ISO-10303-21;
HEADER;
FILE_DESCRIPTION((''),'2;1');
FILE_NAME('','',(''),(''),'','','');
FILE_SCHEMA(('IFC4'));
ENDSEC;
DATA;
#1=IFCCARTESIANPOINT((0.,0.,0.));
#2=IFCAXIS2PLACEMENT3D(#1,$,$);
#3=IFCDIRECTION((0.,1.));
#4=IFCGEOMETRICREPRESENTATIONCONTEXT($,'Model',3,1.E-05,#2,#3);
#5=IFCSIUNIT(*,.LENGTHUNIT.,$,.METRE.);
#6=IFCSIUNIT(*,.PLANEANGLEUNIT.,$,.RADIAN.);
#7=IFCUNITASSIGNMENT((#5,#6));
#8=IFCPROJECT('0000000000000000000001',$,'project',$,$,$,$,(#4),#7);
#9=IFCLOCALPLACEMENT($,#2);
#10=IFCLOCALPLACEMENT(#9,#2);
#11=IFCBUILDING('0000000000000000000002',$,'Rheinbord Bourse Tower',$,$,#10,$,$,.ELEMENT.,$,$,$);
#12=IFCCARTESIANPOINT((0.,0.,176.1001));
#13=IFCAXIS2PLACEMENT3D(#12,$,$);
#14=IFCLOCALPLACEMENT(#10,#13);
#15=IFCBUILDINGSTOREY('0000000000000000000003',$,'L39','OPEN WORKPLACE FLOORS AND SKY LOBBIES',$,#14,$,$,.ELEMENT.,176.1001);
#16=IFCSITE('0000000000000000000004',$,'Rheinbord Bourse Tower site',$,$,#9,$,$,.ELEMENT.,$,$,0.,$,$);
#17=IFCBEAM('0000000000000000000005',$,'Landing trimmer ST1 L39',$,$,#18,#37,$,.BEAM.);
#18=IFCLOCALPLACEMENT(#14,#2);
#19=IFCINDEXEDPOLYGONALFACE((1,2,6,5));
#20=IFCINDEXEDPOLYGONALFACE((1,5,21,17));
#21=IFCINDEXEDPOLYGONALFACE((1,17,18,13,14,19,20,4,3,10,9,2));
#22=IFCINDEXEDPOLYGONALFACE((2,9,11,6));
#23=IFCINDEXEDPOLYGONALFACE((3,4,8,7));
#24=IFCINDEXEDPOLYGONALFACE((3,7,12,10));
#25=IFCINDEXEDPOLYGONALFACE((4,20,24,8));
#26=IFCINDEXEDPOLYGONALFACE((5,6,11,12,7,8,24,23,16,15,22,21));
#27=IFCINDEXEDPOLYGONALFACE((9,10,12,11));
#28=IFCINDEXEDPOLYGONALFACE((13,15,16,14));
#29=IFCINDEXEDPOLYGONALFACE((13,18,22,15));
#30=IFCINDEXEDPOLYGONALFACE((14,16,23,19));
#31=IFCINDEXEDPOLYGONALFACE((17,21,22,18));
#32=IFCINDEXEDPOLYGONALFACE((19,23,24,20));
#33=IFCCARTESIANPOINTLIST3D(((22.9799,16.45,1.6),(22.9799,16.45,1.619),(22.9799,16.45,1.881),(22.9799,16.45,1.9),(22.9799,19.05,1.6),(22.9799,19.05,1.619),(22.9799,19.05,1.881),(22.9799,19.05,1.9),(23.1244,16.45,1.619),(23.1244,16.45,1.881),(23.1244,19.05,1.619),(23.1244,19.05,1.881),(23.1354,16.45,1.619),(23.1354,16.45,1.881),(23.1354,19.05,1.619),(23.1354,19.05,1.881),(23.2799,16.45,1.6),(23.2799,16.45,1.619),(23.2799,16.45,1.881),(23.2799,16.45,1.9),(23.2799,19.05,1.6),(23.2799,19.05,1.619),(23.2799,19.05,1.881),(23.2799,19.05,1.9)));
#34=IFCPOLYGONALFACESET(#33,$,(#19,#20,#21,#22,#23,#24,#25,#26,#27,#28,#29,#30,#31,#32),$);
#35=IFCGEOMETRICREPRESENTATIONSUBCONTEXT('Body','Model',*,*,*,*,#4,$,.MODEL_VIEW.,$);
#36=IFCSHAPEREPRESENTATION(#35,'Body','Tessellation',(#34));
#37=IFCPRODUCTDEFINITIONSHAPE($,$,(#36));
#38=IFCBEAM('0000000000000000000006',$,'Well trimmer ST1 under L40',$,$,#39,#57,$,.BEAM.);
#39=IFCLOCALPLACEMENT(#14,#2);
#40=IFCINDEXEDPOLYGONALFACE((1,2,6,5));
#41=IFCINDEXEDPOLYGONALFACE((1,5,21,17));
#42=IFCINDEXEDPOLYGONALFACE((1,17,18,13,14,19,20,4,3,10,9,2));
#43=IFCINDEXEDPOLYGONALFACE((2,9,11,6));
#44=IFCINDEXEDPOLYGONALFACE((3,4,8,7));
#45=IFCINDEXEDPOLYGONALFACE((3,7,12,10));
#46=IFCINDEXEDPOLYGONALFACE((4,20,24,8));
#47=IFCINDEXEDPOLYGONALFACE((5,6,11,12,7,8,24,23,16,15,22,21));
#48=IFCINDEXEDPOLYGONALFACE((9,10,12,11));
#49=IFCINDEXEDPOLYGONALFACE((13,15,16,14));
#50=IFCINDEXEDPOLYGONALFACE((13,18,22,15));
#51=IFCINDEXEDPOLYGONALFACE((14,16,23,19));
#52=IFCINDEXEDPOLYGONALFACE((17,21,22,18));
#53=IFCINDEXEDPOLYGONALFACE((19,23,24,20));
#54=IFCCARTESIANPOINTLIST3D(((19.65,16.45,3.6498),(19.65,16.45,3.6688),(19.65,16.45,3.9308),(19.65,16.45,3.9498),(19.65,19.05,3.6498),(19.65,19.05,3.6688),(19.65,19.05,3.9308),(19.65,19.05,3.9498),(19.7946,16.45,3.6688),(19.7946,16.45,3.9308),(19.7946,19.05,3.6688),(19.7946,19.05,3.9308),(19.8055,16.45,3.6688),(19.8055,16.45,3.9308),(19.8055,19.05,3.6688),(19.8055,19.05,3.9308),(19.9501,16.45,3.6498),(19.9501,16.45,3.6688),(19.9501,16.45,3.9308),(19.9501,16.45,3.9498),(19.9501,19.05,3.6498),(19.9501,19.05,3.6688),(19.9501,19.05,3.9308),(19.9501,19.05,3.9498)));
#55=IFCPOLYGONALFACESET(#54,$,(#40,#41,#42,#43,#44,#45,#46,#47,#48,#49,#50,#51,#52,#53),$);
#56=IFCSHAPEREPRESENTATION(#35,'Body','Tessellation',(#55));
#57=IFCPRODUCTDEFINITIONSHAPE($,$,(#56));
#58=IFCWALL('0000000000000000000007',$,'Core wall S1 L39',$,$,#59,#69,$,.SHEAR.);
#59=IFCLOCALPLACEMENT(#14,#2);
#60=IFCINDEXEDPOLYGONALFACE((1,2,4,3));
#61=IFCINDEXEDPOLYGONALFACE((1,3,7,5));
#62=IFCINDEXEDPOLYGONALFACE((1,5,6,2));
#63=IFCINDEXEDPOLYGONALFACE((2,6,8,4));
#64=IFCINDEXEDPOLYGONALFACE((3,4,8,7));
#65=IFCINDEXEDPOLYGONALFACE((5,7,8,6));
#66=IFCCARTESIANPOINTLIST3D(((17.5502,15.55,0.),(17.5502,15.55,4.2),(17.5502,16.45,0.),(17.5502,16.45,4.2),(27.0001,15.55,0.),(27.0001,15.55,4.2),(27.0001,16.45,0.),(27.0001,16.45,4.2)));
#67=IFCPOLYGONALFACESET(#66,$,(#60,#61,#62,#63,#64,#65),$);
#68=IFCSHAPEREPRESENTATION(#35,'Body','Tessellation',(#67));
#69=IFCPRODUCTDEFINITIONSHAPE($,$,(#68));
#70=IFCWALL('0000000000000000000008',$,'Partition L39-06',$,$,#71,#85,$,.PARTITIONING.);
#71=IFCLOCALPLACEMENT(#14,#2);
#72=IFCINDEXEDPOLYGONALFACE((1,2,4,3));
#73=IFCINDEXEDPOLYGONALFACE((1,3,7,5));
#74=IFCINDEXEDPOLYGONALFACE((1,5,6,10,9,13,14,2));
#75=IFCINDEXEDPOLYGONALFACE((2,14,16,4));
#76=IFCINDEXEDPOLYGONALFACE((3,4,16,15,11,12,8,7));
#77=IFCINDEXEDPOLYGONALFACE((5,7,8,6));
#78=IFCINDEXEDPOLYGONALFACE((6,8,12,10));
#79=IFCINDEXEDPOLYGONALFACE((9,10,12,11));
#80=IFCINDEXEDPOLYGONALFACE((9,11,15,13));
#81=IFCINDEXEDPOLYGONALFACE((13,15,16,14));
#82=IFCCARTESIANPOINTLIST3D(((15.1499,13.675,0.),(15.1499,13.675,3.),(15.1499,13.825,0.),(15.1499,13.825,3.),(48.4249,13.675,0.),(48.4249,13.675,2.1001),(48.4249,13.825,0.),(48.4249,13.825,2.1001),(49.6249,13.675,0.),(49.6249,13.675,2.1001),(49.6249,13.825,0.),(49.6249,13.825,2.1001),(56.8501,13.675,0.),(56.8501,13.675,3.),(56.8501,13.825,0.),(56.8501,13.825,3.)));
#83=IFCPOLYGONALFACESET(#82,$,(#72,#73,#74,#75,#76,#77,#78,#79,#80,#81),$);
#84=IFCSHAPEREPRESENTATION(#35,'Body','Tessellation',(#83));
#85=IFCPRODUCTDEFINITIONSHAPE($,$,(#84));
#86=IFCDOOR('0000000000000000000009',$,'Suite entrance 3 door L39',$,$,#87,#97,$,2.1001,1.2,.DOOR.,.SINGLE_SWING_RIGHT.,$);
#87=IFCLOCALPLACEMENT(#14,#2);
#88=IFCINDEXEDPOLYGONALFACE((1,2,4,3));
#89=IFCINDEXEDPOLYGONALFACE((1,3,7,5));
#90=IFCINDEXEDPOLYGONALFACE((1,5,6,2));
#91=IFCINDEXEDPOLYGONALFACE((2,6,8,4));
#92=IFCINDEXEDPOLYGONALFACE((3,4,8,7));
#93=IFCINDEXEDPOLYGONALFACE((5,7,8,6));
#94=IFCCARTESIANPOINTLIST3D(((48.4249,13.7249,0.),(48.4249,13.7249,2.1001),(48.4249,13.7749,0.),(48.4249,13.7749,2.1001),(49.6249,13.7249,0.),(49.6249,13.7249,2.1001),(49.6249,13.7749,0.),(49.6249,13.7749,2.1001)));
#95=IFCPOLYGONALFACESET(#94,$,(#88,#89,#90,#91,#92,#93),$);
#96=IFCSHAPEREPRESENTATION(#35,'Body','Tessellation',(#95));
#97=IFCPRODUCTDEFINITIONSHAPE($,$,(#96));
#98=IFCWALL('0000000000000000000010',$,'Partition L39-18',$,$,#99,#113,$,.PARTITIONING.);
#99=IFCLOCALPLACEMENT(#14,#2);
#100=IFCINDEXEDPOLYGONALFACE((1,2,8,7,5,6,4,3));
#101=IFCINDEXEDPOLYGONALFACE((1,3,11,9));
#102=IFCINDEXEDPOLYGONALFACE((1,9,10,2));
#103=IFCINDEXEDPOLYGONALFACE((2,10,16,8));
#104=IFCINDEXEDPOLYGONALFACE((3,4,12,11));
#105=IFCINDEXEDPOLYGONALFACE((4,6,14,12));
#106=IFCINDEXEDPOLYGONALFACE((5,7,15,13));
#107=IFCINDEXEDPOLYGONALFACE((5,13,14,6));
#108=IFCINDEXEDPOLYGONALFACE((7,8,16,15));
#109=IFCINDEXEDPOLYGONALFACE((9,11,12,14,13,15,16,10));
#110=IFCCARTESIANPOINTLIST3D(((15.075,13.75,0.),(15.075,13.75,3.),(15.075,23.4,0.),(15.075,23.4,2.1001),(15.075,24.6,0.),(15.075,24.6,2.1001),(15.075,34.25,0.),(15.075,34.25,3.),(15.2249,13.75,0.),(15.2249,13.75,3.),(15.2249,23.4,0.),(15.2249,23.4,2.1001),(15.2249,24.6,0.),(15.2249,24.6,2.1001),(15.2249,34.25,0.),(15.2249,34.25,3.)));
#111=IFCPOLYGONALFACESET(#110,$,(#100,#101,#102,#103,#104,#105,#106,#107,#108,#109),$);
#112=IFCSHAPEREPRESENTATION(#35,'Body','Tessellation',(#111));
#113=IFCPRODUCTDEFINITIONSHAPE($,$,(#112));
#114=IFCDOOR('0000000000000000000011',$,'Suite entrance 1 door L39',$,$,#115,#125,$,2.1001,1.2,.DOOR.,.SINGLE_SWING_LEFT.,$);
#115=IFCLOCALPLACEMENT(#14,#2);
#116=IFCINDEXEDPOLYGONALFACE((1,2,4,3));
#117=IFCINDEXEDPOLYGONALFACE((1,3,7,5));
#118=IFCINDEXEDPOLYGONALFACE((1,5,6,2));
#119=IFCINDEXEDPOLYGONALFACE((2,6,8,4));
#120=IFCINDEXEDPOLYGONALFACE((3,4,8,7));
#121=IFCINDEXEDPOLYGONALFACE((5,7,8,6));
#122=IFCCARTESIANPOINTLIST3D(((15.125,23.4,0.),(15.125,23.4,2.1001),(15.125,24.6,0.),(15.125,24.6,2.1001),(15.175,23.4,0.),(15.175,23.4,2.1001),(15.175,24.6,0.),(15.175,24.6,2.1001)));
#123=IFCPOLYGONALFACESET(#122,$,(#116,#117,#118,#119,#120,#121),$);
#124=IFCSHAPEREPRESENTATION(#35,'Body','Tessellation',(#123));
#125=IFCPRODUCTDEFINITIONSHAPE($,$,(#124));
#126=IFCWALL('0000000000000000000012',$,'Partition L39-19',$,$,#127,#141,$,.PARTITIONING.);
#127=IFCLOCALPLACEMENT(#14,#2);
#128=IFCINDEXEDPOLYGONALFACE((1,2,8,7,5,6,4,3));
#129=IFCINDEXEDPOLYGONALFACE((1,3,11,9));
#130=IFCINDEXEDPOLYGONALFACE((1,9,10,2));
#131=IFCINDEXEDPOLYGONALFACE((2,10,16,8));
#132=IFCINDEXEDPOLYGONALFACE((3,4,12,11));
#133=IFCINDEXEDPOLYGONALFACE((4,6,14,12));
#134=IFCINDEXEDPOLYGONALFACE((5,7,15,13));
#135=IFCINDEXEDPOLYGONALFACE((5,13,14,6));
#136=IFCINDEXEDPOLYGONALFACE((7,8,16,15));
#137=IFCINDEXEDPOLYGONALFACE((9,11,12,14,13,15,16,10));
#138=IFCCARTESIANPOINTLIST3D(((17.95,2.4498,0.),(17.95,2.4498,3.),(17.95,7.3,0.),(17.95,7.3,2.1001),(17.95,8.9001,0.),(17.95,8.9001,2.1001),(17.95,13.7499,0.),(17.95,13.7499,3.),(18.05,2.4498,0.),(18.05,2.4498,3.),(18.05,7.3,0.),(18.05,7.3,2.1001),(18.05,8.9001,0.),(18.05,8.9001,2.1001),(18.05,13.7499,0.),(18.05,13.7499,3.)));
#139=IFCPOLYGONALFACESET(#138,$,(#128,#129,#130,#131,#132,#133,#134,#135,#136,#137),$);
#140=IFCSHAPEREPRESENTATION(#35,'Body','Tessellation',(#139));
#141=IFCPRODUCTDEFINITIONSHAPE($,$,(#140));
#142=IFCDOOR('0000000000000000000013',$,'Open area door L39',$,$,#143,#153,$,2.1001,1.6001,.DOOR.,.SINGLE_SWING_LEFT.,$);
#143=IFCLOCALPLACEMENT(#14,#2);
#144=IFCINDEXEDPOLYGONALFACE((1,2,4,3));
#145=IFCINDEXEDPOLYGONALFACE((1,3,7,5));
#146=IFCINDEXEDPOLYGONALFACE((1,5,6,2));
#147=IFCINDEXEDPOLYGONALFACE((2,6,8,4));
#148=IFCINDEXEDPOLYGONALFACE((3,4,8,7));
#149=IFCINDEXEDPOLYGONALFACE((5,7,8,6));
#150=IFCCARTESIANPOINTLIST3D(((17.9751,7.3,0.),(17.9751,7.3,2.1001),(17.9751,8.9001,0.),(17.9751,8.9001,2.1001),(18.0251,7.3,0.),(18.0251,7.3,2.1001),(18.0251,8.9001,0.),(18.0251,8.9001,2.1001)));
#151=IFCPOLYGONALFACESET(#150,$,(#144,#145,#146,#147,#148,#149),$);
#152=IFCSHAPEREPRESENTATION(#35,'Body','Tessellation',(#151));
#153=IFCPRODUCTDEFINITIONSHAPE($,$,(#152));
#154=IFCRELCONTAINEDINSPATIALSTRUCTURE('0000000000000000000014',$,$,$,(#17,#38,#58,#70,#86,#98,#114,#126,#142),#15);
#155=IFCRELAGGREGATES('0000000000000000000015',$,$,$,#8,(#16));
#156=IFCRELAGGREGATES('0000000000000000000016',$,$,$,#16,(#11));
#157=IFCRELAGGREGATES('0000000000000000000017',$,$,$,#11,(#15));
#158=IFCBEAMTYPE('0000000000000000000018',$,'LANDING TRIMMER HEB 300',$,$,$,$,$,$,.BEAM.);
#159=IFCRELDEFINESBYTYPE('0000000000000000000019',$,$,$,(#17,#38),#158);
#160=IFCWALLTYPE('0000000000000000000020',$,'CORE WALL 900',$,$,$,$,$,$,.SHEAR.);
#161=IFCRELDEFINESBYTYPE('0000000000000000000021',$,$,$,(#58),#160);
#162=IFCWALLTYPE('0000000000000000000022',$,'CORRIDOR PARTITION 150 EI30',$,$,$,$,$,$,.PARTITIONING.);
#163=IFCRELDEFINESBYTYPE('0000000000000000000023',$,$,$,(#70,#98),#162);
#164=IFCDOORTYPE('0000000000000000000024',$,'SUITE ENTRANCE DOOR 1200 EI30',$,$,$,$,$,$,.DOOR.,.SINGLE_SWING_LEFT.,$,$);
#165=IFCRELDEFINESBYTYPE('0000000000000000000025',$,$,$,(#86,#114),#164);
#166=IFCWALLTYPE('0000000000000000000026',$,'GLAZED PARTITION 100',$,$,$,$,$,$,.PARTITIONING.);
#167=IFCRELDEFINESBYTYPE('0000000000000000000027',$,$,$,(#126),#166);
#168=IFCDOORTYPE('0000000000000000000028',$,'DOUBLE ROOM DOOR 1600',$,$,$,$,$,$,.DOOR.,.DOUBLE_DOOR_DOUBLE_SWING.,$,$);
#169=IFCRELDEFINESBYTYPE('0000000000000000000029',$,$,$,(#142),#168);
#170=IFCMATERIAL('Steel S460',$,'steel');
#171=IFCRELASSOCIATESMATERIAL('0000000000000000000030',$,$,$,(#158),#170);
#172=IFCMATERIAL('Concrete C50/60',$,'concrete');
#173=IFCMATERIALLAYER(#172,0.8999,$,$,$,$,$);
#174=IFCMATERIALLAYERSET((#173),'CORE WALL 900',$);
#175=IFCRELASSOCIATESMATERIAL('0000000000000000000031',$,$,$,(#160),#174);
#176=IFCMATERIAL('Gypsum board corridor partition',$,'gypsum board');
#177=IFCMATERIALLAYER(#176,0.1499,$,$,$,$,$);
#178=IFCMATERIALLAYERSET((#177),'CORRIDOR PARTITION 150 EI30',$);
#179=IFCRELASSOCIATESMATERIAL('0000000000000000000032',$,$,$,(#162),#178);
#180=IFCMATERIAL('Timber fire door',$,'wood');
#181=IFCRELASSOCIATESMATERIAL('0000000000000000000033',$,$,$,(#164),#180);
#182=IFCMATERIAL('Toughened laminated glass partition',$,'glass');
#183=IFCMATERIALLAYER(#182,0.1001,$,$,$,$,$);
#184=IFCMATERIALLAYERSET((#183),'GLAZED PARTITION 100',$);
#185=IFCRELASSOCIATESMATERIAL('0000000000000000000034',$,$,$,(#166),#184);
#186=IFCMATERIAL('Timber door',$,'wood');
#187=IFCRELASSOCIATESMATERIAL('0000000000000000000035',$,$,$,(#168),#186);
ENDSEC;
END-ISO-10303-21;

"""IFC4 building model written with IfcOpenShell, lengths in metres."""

from ifc_helpers import new_model, si_unit, direction, frame, frame_2d, origin, origin_2d, place, context, subcontext, project, spatial, rectangle, i_section, extrude, material, layer, layer_set, material_profile, profile_set, type_object, element, fill, save


model = new_model("IFC4")

# Units and contexts
model_context = context("Model", 3, precision=1e-05, world=origin(), true_north=direction((0.0, 1.0)))
body_context = subcontext(model_context, "Body", "Model", "MODEL_VIEW")
ifc_project = project(units=[si_unit("LENGTHUNIT", "METRE"), si_unit("PLANEANGLEUNIT", "RADIAN")], contexts=[model_context])

# Site, building, storey
site_placement = place(None, origin())
site = spatial("IfcSite", under=ifc_project, at=site_placement, Name="Rheinbord Bourse Tower site", CompositionType="ELEMENT", RefElevation=0.0)
building_placement = place(site_placement, origin())
building = spatial("IfcBuilding", under=site, at=building_placement, Name="Rheinbord Bourse Tower", CompositionType="ELEMENT")
storey_placement = place(building_placement, frame((0.0, 0.0, 176.1001)))
storey = spatial("IfcBuildingStorey", under=building, at=storey_placement, Name="L39", Description="OPEN WORKPLACE FLOORS AND SKY LOBBIES", CompositionType="ELEMENT", Elevation=176.1001)

# Beams
ifc_material_1 = material(Name="Steel S460", Category="steel")
ifc_material_profile = material_profile(ifc_material_1, i_section(OverallWidth=0.3, OverallDepth=0.3, WebThickness=0.011, FlangeThickness=0.019, at=origin_2d()), Name="HEB 300")
ifc_profile_set = profile_set([ifc_material_profile], Name="Steel S460")
beam_type = type_object("IfcBeamType", Name="LANDING TRIMMER HEB 300", PredefinedType="BEAM", material=ifc_profile_set)
for number, where, z_axis, x_axis, name in (
    (1, (23.1299, 16.45, 1.75), (0.0, 1.0, 0.0), (-1.0, 0.0, 0.0), "Landing trimmer ST1 L39"),
    (2, (19.8, 16.45, 3.7998), (0.0, 1.0, 0.0), (-1.0, 0.0, 0.0), "Well trimmer ST1 under L40"),
):
    element("IfcBeam", number, at=place(storey_placement, frame(where, z_axis=z_axis, x_axis=x_axis)), inside=storey, type_object=beam_type, Name=name, PredefinedType="BEAM", context=body_context, shape_type="SweptSolid", body=[
        extrude(i_section(OverallWidth=0.3, OverallDepth=0.3, WebThickness=0.011, FlangeThickness=0.019, at=origin_2d()), origin(), (0.0, 0.0, 1.0), 2.6001),
    ])

# Wall
ifc_material_2 = material(Name="Concrete C50/60", Category="concrete")
ifc_layer_1 = layer(ifc_material_2, 0.8999)
ifc_layer_set_1 = layer_set([ifc_layer_1], Name="CORE WALL 900")
wall_type_1 = type_object("IfcWallType", Name="CORE WALL 900", PredefinedType="SHEAR", material=ifc_layer_set_1)
wall_1_placement = place(storey_placement, frame((17.55, 16.0, 0.0), z_axis=(0.0, 0.0, 1.0), x_axis=(1.0, 0.0, 0.0)))
element("IfcWall", 3, at=wall_1_placement, inside=storey, type_object=wall_type_1, Name="Core wall S1 L39", PredefinedType="SHEAR", context=body_context, shape_type="SweptSolid", body=[
    extrude(rectangle(XDim=9.45, YDim=0.8999, at=frame_2d((4.7251, 0.0))), origin(), (0.0, 0.0, 1.0), 4.2),
])

# Walls, openings, doors
ifc_material_3 = material(Name="Gypsum board corridor partition", Category="gypsum board")
ifc_layer_2 = layer(ifc_material_3, 0.1499)
ifc_layer_set_2 = layer_set([ifc_layer_2], Name="CORRIDOR PARTITION 150 EI30")
wall_type_2 = type_object("IfcWallType", Name="CORRIDOR PARTITION 150 EI30", PredefinedType="PARTITIONING", material=ifc_layer_set_2)
wall_2_placement = place(storey_placement, frame((15.1499, 13.75, 0.0), z_axis=(0.0, 0.0, 1.0), x_axis=(1.0, 0.0, 0.0)))
wall_2 = element("IfcWall", 4, at=wall_2_placement, inside=storey, type_object=wall_type_2, Name="Partition L39-06", PredefinedType="PARTITIONING", context=body_context, shape_type="SweptSolid", body=[
    extrude(rectangle(XDim=41.7002, YDim=0.1499, at=frame_2d((20.8501, 0.0))), origin(), (0.0, 0.0, 1.0), 3.0),
])
opening_1_placement = place(wall_2_placement, frame((33.2749, 0.0, 0.0)))
opening_1 = element("IfcOpeningElement", 5, at=opening_1_placement, cuts=wall_2, PredefinedType="OPENING", context=body_context, shape_type="SweptSolid", body=[
    extrude(rectangle(XDim=1.2, YDim=2.1001, at=frame_2d((0.6001, 1.05))), frame((0.0, 0.085, 0.0), z_axis=(0.0, -1.0, 0.0), x_axis=(1.0, 0.0, 0.0)), (0.0, 0.0, 1.0), 0.1699),
])
ifc_material_4 = material(Name="Timber fire door", Category="wood")
door_type_1 = type_object("IfcDoorType", Name="SUITE ENTRANCE DOOR 1200 EI30", OperationType="SINGLE_SWING_LEFT", PredefinedType="DOOR", material=ifc_material_4)
door_1_placement = place(opening_1_placement, origin())
door_1 = element("IfcDoor", 6, at=door_1_placement, inside=storey, type_object=door_type_1, Name="Suite entrance 3 door L39", OperationType="SINGLE_SWING_RIGHT", OverallHeight=2.1001, OverallWidth=1.2, PredefinedType="DOOR", context=body_context, shape_type="SweptSolid", body=[
    extrude(rectangle(XDim=1.2, YDim=2.1001, at=frame_2d((0.6001, 1.05))), frame((0.0, 0.0249, 0.0), z_axis=(0.0, -1.0, 0.0), x_axis=(1.0, 0.0, 0.0)), (0.0, 0.0, 1.0), 0.05),
])
fill(opening_1, door_1)
wall_3_placement = place(storey_placement, frame((15.1499, 13.75, 0.0), z_axis=(0.0, 0.0, 1.0), x_axis=(0.0, 1.0, 0.0)))
wall_3 = element("IfcWall", 7, at=wall_3_placement, inside=storey, type_object=wall_type_2, Name="Partition L39-18", PredefinedType="PARTITIONING", context=body_context, shape_type="SweptSolid", body=[
    extrude(rectangle(XDim=20.5, YDim=0.1499, at=frame_2d((10.25, 0.0))), origin(), (0.0, 0.0, 1.0), 3.0),
])
opening_2_placement = place(wall_3_placement, frame((9.6499, 0.0, 0.0)))
opening_2 = element("IfcOpeningElement", 8, at=opening_2_placement, cuts=wall_3, PredefinedType="OPENING", context=body_context, shape_type="SweptSolid", body=[
    extrude(rectangle(XDim=1.2, YDim=2.1001, at=frame_2d((0.6001, 1.05))), frame((0.0, 0.085, 0.0), z_axis=(0.0, -1.0, 0.0), x_axis=(1.0, 0.0, 0.0)), (0.0, 0.0, 1.0), 0.1699),
])
door_2_placement = place(opening_2_placement, origin())
door_2 = element("IfcDoor", 9, at=door_2_placement, inside=storey, type_object=door_type_1, Name="Suite entrance 1 door L39", OperationType="SINGLE_SWING_LEFT", OverallHeight=2.1001, OverallWidth=1.2, PredefinedType="DOOR", context=body_context, shape_type="SweptSolid", body=[
    extrude(rectangle(XDim=1.2, YDim=2.1001, at=frame_2d((0.6001, 1.05))), frame((0.0, 0.0249, 0.0), z_axis=(0.0, -1.0, 0.0), x_axis=(1.0, 0.0, 0.0)), (0.0, 0.0, 1.0), 0.05),
])
fill(opening_2, door_2)
ifc_material_5 = material(Name="Toughened laminated glass partition", Category="glass")
ifc_layer_3 = layer(ifc_material_5, 0.1001)
ifc_layer_set_3 = layer_set([ifc_layer_3], Name="GLAZED PARTITION 100")
wall_type_3 = type_object("IfcWallType", Name="GLAZED PARTITION 100", PredefinedType="PARTITIONING", material=ifc_layer_set_3)
wall_4_placement = place(storey_placement, frame((18.0, 2.45, 0.0), z_axis=(0.0, 0.0, 1.0), x_axis=(0.0, 1.0, 0.0)))
wall_4 = element("IfcWall", 10, at=wall_4_placement, inside=storey, type_object=wall_type_3, Name="Partition L39-19", PredefinedType="PARTITIONING", context=body_context, shape_type="SweptSolid", body=[
    extrude(rectangle(XDim=11.3, YDim=0.1001, at=frame_2d((5.6499, 0.0))), origin(), (0.0, 0.0, 1.0), 3.0),
])
opening_3_placement = place(wall_4_placement, frame((4.8501, 0.0, 0.0)))
opening_3 = element("IfcOpeningElement", 11, at=opening_3_placement, cuts=wall_4, PredefinedType="OPENING", context=body_context, shape_type="SweptSolid", body=[
    extrude(rectangle(XDim=1.6001, YDim=2.1001, at=frame_2d((0.8, 1.05))), frame((0.0, 0.0601, 0.0), z_axis=(0.0, -1.0, 0.0), x_axis=(1.0, 0.0, 0.0)), (0.0, 0.0, 1.0), 0.1201),
])
ifc_material_6 = material(Name="Timber door", Category="wood")
door_type_2 = type_object("IfcDoorType", Name="DOUBLE ROOM DOOR 1600", OperationType="DOUBLE_DOOR_DOUBLE_SWING", PredefinedType="DOOR", material=ifc_material_6)
door_3_placement = place(opening_3_placement, origin())
door_3 = element("IfcDoor", 12, at=door_3_placement, inside=storey, type_object=door_type_2, Name="Open area door L39", OperationType="SINGLE_SWING_LEFT", OverallHeight=2.1001, OverallWidth=1.6001, PredefinedType="DOOR", context=body_context, shape_type="SweptSolid", body=[
    extrude(rectangle(XDim=1.6001, YDim=2.1001, at=frame_2d((0.8, 1.05))), frame((0.0, 0.0249, 0.0), z_axis=(0.0, -1.0, 0.0), x_axis=(1.0, 0.0, 0.0)), (0.0, 0.0, 1.0), 0.05),
])
fill(opening_3, door_3)

save(model, "model.ifc")
